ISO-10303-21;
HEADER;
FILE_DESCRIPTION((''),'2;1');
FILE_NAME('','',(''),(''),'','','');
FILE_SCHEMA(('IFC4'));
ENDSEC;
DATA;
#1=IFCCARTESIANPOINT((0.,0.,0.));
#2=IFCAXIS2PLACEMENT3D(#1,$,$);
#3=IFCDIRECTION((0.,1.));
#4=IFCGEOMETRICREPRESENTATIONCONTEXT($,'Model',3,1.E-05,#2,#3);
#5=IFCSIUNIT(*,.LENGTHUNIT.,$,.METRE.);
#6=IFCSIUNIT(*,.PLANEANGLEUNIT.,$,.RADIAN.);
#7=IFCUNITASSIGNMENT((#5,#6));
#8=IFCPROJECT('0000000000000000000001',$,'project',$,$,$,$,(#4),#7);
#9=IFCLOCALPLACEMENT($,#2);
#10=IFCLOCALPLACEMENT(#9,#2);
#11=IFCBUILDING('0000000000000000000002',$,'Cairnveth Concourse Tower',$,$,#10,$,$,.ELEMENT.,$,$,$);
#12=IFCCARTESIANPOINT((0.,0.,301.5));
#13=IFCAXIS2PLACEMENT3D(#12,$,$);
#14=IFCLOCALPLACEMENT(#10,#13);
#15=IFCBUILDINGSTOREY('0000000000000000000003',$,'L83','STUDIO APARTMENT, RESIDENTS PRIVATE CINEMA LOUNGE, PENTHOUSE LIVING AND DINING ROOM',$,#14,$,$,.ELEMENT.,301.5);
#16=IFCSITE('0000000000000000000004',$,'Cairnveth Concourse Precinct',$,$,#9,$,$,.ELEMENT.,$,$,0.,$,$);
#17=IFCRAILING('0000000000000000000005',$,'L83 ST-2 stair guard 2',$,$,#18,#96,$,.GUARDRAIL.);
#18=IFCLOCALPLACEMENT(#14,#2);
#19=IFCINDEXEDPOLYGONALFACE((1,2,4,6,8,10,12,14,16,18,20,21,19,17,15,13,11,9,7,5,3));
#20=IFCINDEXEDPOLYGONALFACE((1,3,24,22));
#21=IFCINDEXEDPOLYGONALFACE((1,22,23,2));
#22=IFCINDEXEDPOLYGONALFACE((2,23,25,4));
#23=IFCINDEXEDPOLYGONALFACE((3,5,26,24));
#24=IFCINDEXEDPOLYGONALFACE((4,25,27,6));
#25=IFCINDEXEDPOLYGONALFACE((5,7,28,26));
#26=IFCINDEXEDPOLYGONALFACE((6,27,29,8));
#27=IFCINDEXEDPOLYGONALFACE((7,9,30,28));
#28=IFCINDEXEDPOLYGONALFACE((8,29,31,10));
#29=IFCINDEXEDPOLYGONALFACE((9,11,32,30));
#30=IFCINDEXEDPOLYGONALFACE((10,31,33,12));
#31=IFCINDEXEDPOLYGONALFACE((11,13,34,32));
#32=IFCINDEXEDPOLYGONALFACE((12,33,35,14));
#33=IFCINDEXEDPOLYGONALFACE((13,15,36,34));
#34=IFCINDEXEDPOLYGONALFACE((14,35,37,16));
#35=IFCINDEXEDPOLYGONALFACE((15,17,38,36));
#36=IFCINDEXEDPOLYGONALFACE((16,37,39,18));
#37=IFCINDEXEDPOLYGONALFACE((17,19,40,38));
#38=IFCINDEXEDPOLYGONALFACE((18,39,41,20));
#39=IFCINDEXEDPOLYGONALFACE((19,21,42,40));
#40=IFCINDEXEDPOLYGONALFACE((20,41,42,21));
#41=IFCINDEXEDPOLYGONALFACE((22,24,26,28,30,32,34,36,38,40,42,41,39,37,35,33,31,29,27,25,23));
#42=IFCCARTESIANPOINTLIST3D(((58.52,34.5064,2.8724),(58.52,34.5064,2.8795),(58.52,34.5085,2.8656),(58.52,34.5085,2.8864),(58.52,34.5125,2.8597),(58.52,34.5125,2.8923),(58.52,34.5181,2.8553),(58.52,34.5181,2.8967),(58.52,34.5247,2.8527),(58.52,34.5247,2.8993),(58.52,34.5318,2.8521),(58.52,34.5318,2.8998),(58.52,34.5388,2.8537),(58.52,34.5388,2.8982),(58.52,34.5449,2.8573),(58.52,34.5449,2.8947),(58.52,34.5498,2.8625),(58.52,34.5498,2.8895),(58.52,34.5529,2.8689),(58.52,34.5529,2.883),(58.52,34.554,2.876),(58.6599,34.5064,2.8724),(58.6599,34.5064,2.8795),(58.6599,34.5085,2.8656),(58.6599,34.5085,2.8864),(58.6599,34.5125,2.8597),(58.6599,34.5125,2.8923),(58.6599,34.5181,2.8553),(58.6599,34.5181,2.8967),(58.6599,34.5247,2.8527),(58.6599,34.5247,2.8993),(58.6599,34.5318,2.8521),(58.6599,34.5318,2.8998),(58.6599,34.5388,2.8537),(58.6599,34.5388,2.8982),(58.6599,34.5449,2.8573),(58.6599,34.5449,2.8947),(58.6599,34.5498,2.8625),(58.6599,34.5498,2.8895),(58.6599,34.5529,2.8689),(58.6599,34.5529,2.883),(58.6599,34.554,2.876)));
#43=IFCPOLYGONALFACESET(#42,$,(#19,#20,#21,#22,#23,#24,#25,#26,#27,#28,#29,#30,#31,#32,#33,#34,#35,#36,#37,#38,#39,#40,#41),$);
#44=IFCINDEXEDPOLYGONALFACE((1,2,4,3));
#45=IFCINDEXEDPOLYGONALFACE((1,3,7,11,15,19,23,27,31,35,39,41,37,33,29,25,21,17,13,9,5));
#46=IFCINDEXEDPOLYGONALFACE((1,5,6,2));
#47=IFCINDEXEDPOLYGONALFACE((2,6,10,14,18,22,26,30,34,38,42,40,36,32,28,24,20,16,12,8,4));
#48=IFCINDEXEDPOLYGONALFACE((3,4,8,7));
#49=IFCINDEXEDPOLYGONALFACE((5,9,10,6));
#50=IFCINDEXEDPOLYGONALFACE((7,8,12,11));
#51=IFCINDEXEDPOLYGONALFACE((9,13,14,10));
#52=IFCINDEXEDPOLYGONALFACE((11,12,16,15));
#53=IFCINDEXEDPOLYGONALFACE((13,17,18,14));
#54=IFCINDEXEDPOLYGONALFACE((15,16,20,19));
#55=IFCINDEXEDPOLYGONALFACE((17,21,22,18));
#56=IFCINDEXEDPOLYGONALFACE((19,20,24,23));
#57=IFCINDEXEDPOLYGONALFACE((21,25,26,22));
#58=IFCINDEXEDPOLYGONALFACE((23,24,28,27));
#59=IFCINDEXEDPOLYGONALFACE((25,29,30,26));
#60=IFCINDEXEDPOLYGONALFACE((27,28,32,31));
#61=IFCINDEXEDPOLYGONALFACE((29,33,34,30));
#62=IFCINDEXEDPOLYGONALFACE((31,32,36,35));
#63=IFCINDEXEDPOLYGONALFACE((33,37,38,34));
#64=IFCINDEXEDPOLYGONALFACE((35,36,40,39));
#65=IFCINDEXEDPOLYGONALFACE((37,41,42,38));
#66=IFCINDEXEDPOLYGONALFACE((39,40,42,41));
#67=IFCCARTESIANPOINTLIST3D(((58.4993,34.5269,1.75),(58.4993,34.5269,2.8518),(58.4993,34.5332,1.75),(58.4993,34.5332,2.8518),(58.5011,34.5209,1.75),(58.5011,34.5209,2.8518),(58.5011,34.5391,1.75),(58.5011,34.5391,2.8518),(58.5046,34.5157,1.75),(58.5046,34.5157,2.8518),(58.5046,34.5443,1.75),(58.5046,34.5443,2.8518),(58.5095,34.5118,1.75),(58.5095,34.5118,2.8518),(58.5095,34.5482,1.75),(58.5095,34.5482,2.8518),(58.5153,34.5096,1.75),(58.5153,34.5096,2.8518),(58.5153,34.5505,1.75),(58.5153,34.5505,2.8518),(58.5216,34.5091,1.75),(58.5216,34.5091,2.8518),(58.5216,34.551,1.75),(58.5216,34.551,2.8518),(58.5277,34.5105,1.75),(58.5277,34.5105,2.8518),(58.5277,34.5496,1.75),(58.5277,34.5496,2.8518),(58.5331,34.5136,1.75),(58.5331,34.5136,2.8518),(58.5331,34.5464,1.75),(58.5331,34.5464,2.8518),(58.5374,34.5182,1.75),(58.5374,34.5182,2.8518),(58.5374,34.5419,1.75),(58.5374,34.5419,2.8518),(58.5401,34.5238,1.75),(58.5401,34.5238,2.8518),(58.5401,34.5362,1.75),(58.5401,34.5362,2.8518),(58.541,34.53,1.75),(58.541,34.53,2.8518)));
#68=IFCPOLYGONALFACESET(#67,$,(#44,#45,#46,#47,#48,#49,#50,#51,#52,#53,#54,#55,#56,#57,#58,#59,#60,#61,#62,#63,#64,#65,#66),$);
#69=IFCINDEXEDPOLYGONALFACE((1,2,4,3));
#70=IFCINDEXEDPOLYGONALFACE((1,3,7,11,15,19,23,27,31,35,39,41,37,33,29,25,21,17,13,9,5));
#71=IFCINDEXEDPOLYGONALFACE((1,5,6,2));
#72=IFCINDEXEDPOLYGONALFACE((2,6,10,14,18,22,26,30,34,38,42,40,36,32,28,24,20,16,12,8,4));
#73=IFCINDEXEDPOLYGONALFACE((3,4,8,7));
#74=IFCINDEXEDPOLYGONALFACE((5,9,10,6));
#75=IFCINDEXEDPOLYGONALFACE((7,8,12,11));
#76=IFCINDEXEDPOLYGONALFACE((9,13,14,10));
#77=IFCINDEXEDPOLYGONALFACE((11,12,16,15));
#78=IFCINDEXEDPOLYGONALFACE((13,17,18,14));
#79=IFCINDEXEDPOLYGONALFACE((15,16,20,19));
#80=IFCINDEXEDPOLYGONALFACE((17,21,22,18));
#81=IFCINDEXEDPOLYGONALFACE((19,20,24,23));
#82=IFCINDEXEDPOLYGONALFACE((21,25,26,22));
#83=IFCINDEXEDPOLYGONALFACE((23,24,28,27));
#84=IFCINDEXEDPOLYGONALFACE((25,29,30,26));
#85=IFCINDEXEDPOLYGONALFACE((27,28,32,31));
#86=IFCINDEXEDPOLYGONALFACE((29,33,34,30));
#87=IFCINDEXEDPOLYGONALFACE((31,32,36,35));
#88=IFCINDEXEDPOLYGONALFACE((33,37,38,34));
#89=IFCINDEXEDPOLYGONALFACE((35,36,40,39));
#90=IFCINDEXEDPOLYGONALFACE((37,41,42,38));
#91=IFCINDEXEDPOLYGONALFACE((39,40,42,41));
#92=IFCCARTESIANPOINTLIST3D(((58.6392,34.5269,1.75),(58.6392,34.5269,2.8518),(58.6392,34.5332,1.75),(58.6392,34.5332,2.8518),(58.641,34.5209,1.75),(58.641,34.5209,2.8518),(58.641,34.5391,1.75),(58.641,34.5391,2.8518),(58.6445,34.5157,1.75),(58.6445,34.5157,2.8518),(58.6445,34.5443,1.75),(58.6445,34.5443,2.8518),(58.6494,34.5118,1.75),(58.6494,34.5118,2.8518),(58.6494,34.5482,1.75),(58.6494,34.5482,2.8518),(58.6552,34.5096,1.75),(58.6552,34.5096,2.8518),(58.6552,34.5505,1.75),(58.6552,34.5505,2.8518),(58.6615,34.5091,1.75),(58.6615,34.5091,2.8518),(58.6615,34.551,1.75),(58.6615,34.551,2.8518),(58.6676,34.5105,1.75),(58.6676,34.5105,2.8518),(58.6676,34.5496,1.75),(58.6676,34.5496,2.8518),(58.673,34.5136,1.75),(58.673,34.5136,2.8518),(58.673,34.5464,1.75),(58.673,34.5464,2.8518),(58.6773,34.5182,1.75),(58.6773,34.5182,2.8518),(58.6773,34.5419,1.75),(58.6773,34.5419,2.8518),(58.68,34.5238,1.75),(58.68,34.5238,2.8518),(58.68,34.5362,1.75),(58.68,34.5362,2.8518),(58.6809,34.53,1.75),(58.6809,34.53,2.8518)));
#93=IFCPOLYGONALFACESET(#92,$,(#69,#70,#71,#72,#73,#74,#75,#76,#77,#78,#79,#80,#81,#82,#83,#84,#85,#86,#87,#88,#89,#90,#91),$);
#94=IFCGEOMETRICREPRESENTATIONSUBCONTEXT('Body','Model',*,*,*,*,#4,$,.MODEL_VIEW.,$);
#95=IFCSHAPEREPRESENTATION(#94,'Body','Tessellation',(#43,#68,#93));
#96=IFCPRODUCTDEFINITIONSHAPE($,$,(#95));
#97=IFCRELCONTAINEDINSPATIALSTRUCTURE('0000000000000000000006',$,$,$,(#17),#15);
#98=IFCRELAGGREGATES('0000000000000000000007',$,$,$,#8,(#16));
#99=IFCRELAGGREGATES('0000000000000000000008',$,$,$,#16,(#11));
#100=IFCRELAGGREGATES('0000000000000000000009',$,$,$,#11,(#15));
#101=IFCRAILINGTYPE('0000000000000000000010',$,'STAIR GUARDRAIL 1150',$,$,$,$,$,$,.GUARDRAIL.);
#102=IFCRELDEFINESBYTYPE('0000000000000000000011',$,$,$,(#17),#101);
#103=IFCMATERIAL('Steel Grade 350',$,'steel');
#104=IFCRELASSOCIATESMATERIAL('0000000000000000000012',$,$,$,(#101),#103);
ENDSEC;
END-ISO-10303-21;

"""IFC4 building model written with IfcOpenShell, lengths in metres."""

from ifc_helpers import new_model, si_unit, direction, frame, origin, origin_2d, place, context, subcontext, project, spatial, circle, extrude, material, type_object, element, save


model = new_model("IFC4")

# Units and contexts
model_context = context("Model", 3, precision=1e-05, world=origin(), true_north=direction((0.0, 1.0)))
body_context = subcontext(model_context, "Body", "Model", "MODEL_VIEW")
ifc_project = project(units=[si_unit("LENGTHUNIT", "METRE"), si_unit("PLANEANGLEUNIT", "RADIAN")], contexts=[model_context])

# Site, building, storey
site_placement = place(None, origin())
site = spatial("IfcSite", under=ifc_project, at=site_placement, Name="Cairnveth Concourse Precinct", CompositionType="ELEMENT", RefElevation=0.0)
building_placement = place(site_placement, origin())
building = spatial("IfcBuilding", under=site, at=building_placement, Name="Cairnveth Concourse Tower", CompositionType="ELEMENT")
storey_placement = place(building_placement, frame((0.0, 0.0, 301.5)))
storey = spatial("IfcBuildingStorey", under=building, at=storey_placement, Name="L83", Description="STUDIO APARTMENT, RESIDENTS PRIVATE CINEMA LOUNGE, PENTHOUSE LIVING AND DINING ROOM", CompositionType="ELEMENT", Elevation=301.5)

# Shared definitions
ifc_material_1 = material(Name="Steel Grade 350", Category="steel")

# Railing
railing_type_1 = type_object("IfcRailingType", Name="STAIR GUARDRAIL 1150", PredefinedType="GUARDRAIL", material=ifc_material_1)
railing_1_placement = place(storey_placement, frame((58.52, 34.53, 1.75)))
element("IfcRailing", 1, at=railing_1_placement, inside=storey, type_object=railing_type_1, Name="L83 ST-2 stair guard 2", PredefinedType="GUARDRAIL", context=body_context, shape_type="SweptSolid", body=[
    extrude(circle(Radius=0.0239, at=origin_2d()), frame((0.0, 0.0, 1.126), z_axis=(1.0, 0.0, 0.0), x_axis=(0.0, 1.0, 0.0)), (0.0, 0.0, 1.0), 0.1399),
    extrude(circle(Radius=0.021, at=origin_2d()), origin(), (0.0, 0.0, 1.0), 1.1018),
    extrude(circle(Radius=0.021, at=origin_2d()), frame((0.1399, 0.0, 0.0)), (0.0, 0.0, 1.0), 1.1018),
])

save(model, "model.ifc")
